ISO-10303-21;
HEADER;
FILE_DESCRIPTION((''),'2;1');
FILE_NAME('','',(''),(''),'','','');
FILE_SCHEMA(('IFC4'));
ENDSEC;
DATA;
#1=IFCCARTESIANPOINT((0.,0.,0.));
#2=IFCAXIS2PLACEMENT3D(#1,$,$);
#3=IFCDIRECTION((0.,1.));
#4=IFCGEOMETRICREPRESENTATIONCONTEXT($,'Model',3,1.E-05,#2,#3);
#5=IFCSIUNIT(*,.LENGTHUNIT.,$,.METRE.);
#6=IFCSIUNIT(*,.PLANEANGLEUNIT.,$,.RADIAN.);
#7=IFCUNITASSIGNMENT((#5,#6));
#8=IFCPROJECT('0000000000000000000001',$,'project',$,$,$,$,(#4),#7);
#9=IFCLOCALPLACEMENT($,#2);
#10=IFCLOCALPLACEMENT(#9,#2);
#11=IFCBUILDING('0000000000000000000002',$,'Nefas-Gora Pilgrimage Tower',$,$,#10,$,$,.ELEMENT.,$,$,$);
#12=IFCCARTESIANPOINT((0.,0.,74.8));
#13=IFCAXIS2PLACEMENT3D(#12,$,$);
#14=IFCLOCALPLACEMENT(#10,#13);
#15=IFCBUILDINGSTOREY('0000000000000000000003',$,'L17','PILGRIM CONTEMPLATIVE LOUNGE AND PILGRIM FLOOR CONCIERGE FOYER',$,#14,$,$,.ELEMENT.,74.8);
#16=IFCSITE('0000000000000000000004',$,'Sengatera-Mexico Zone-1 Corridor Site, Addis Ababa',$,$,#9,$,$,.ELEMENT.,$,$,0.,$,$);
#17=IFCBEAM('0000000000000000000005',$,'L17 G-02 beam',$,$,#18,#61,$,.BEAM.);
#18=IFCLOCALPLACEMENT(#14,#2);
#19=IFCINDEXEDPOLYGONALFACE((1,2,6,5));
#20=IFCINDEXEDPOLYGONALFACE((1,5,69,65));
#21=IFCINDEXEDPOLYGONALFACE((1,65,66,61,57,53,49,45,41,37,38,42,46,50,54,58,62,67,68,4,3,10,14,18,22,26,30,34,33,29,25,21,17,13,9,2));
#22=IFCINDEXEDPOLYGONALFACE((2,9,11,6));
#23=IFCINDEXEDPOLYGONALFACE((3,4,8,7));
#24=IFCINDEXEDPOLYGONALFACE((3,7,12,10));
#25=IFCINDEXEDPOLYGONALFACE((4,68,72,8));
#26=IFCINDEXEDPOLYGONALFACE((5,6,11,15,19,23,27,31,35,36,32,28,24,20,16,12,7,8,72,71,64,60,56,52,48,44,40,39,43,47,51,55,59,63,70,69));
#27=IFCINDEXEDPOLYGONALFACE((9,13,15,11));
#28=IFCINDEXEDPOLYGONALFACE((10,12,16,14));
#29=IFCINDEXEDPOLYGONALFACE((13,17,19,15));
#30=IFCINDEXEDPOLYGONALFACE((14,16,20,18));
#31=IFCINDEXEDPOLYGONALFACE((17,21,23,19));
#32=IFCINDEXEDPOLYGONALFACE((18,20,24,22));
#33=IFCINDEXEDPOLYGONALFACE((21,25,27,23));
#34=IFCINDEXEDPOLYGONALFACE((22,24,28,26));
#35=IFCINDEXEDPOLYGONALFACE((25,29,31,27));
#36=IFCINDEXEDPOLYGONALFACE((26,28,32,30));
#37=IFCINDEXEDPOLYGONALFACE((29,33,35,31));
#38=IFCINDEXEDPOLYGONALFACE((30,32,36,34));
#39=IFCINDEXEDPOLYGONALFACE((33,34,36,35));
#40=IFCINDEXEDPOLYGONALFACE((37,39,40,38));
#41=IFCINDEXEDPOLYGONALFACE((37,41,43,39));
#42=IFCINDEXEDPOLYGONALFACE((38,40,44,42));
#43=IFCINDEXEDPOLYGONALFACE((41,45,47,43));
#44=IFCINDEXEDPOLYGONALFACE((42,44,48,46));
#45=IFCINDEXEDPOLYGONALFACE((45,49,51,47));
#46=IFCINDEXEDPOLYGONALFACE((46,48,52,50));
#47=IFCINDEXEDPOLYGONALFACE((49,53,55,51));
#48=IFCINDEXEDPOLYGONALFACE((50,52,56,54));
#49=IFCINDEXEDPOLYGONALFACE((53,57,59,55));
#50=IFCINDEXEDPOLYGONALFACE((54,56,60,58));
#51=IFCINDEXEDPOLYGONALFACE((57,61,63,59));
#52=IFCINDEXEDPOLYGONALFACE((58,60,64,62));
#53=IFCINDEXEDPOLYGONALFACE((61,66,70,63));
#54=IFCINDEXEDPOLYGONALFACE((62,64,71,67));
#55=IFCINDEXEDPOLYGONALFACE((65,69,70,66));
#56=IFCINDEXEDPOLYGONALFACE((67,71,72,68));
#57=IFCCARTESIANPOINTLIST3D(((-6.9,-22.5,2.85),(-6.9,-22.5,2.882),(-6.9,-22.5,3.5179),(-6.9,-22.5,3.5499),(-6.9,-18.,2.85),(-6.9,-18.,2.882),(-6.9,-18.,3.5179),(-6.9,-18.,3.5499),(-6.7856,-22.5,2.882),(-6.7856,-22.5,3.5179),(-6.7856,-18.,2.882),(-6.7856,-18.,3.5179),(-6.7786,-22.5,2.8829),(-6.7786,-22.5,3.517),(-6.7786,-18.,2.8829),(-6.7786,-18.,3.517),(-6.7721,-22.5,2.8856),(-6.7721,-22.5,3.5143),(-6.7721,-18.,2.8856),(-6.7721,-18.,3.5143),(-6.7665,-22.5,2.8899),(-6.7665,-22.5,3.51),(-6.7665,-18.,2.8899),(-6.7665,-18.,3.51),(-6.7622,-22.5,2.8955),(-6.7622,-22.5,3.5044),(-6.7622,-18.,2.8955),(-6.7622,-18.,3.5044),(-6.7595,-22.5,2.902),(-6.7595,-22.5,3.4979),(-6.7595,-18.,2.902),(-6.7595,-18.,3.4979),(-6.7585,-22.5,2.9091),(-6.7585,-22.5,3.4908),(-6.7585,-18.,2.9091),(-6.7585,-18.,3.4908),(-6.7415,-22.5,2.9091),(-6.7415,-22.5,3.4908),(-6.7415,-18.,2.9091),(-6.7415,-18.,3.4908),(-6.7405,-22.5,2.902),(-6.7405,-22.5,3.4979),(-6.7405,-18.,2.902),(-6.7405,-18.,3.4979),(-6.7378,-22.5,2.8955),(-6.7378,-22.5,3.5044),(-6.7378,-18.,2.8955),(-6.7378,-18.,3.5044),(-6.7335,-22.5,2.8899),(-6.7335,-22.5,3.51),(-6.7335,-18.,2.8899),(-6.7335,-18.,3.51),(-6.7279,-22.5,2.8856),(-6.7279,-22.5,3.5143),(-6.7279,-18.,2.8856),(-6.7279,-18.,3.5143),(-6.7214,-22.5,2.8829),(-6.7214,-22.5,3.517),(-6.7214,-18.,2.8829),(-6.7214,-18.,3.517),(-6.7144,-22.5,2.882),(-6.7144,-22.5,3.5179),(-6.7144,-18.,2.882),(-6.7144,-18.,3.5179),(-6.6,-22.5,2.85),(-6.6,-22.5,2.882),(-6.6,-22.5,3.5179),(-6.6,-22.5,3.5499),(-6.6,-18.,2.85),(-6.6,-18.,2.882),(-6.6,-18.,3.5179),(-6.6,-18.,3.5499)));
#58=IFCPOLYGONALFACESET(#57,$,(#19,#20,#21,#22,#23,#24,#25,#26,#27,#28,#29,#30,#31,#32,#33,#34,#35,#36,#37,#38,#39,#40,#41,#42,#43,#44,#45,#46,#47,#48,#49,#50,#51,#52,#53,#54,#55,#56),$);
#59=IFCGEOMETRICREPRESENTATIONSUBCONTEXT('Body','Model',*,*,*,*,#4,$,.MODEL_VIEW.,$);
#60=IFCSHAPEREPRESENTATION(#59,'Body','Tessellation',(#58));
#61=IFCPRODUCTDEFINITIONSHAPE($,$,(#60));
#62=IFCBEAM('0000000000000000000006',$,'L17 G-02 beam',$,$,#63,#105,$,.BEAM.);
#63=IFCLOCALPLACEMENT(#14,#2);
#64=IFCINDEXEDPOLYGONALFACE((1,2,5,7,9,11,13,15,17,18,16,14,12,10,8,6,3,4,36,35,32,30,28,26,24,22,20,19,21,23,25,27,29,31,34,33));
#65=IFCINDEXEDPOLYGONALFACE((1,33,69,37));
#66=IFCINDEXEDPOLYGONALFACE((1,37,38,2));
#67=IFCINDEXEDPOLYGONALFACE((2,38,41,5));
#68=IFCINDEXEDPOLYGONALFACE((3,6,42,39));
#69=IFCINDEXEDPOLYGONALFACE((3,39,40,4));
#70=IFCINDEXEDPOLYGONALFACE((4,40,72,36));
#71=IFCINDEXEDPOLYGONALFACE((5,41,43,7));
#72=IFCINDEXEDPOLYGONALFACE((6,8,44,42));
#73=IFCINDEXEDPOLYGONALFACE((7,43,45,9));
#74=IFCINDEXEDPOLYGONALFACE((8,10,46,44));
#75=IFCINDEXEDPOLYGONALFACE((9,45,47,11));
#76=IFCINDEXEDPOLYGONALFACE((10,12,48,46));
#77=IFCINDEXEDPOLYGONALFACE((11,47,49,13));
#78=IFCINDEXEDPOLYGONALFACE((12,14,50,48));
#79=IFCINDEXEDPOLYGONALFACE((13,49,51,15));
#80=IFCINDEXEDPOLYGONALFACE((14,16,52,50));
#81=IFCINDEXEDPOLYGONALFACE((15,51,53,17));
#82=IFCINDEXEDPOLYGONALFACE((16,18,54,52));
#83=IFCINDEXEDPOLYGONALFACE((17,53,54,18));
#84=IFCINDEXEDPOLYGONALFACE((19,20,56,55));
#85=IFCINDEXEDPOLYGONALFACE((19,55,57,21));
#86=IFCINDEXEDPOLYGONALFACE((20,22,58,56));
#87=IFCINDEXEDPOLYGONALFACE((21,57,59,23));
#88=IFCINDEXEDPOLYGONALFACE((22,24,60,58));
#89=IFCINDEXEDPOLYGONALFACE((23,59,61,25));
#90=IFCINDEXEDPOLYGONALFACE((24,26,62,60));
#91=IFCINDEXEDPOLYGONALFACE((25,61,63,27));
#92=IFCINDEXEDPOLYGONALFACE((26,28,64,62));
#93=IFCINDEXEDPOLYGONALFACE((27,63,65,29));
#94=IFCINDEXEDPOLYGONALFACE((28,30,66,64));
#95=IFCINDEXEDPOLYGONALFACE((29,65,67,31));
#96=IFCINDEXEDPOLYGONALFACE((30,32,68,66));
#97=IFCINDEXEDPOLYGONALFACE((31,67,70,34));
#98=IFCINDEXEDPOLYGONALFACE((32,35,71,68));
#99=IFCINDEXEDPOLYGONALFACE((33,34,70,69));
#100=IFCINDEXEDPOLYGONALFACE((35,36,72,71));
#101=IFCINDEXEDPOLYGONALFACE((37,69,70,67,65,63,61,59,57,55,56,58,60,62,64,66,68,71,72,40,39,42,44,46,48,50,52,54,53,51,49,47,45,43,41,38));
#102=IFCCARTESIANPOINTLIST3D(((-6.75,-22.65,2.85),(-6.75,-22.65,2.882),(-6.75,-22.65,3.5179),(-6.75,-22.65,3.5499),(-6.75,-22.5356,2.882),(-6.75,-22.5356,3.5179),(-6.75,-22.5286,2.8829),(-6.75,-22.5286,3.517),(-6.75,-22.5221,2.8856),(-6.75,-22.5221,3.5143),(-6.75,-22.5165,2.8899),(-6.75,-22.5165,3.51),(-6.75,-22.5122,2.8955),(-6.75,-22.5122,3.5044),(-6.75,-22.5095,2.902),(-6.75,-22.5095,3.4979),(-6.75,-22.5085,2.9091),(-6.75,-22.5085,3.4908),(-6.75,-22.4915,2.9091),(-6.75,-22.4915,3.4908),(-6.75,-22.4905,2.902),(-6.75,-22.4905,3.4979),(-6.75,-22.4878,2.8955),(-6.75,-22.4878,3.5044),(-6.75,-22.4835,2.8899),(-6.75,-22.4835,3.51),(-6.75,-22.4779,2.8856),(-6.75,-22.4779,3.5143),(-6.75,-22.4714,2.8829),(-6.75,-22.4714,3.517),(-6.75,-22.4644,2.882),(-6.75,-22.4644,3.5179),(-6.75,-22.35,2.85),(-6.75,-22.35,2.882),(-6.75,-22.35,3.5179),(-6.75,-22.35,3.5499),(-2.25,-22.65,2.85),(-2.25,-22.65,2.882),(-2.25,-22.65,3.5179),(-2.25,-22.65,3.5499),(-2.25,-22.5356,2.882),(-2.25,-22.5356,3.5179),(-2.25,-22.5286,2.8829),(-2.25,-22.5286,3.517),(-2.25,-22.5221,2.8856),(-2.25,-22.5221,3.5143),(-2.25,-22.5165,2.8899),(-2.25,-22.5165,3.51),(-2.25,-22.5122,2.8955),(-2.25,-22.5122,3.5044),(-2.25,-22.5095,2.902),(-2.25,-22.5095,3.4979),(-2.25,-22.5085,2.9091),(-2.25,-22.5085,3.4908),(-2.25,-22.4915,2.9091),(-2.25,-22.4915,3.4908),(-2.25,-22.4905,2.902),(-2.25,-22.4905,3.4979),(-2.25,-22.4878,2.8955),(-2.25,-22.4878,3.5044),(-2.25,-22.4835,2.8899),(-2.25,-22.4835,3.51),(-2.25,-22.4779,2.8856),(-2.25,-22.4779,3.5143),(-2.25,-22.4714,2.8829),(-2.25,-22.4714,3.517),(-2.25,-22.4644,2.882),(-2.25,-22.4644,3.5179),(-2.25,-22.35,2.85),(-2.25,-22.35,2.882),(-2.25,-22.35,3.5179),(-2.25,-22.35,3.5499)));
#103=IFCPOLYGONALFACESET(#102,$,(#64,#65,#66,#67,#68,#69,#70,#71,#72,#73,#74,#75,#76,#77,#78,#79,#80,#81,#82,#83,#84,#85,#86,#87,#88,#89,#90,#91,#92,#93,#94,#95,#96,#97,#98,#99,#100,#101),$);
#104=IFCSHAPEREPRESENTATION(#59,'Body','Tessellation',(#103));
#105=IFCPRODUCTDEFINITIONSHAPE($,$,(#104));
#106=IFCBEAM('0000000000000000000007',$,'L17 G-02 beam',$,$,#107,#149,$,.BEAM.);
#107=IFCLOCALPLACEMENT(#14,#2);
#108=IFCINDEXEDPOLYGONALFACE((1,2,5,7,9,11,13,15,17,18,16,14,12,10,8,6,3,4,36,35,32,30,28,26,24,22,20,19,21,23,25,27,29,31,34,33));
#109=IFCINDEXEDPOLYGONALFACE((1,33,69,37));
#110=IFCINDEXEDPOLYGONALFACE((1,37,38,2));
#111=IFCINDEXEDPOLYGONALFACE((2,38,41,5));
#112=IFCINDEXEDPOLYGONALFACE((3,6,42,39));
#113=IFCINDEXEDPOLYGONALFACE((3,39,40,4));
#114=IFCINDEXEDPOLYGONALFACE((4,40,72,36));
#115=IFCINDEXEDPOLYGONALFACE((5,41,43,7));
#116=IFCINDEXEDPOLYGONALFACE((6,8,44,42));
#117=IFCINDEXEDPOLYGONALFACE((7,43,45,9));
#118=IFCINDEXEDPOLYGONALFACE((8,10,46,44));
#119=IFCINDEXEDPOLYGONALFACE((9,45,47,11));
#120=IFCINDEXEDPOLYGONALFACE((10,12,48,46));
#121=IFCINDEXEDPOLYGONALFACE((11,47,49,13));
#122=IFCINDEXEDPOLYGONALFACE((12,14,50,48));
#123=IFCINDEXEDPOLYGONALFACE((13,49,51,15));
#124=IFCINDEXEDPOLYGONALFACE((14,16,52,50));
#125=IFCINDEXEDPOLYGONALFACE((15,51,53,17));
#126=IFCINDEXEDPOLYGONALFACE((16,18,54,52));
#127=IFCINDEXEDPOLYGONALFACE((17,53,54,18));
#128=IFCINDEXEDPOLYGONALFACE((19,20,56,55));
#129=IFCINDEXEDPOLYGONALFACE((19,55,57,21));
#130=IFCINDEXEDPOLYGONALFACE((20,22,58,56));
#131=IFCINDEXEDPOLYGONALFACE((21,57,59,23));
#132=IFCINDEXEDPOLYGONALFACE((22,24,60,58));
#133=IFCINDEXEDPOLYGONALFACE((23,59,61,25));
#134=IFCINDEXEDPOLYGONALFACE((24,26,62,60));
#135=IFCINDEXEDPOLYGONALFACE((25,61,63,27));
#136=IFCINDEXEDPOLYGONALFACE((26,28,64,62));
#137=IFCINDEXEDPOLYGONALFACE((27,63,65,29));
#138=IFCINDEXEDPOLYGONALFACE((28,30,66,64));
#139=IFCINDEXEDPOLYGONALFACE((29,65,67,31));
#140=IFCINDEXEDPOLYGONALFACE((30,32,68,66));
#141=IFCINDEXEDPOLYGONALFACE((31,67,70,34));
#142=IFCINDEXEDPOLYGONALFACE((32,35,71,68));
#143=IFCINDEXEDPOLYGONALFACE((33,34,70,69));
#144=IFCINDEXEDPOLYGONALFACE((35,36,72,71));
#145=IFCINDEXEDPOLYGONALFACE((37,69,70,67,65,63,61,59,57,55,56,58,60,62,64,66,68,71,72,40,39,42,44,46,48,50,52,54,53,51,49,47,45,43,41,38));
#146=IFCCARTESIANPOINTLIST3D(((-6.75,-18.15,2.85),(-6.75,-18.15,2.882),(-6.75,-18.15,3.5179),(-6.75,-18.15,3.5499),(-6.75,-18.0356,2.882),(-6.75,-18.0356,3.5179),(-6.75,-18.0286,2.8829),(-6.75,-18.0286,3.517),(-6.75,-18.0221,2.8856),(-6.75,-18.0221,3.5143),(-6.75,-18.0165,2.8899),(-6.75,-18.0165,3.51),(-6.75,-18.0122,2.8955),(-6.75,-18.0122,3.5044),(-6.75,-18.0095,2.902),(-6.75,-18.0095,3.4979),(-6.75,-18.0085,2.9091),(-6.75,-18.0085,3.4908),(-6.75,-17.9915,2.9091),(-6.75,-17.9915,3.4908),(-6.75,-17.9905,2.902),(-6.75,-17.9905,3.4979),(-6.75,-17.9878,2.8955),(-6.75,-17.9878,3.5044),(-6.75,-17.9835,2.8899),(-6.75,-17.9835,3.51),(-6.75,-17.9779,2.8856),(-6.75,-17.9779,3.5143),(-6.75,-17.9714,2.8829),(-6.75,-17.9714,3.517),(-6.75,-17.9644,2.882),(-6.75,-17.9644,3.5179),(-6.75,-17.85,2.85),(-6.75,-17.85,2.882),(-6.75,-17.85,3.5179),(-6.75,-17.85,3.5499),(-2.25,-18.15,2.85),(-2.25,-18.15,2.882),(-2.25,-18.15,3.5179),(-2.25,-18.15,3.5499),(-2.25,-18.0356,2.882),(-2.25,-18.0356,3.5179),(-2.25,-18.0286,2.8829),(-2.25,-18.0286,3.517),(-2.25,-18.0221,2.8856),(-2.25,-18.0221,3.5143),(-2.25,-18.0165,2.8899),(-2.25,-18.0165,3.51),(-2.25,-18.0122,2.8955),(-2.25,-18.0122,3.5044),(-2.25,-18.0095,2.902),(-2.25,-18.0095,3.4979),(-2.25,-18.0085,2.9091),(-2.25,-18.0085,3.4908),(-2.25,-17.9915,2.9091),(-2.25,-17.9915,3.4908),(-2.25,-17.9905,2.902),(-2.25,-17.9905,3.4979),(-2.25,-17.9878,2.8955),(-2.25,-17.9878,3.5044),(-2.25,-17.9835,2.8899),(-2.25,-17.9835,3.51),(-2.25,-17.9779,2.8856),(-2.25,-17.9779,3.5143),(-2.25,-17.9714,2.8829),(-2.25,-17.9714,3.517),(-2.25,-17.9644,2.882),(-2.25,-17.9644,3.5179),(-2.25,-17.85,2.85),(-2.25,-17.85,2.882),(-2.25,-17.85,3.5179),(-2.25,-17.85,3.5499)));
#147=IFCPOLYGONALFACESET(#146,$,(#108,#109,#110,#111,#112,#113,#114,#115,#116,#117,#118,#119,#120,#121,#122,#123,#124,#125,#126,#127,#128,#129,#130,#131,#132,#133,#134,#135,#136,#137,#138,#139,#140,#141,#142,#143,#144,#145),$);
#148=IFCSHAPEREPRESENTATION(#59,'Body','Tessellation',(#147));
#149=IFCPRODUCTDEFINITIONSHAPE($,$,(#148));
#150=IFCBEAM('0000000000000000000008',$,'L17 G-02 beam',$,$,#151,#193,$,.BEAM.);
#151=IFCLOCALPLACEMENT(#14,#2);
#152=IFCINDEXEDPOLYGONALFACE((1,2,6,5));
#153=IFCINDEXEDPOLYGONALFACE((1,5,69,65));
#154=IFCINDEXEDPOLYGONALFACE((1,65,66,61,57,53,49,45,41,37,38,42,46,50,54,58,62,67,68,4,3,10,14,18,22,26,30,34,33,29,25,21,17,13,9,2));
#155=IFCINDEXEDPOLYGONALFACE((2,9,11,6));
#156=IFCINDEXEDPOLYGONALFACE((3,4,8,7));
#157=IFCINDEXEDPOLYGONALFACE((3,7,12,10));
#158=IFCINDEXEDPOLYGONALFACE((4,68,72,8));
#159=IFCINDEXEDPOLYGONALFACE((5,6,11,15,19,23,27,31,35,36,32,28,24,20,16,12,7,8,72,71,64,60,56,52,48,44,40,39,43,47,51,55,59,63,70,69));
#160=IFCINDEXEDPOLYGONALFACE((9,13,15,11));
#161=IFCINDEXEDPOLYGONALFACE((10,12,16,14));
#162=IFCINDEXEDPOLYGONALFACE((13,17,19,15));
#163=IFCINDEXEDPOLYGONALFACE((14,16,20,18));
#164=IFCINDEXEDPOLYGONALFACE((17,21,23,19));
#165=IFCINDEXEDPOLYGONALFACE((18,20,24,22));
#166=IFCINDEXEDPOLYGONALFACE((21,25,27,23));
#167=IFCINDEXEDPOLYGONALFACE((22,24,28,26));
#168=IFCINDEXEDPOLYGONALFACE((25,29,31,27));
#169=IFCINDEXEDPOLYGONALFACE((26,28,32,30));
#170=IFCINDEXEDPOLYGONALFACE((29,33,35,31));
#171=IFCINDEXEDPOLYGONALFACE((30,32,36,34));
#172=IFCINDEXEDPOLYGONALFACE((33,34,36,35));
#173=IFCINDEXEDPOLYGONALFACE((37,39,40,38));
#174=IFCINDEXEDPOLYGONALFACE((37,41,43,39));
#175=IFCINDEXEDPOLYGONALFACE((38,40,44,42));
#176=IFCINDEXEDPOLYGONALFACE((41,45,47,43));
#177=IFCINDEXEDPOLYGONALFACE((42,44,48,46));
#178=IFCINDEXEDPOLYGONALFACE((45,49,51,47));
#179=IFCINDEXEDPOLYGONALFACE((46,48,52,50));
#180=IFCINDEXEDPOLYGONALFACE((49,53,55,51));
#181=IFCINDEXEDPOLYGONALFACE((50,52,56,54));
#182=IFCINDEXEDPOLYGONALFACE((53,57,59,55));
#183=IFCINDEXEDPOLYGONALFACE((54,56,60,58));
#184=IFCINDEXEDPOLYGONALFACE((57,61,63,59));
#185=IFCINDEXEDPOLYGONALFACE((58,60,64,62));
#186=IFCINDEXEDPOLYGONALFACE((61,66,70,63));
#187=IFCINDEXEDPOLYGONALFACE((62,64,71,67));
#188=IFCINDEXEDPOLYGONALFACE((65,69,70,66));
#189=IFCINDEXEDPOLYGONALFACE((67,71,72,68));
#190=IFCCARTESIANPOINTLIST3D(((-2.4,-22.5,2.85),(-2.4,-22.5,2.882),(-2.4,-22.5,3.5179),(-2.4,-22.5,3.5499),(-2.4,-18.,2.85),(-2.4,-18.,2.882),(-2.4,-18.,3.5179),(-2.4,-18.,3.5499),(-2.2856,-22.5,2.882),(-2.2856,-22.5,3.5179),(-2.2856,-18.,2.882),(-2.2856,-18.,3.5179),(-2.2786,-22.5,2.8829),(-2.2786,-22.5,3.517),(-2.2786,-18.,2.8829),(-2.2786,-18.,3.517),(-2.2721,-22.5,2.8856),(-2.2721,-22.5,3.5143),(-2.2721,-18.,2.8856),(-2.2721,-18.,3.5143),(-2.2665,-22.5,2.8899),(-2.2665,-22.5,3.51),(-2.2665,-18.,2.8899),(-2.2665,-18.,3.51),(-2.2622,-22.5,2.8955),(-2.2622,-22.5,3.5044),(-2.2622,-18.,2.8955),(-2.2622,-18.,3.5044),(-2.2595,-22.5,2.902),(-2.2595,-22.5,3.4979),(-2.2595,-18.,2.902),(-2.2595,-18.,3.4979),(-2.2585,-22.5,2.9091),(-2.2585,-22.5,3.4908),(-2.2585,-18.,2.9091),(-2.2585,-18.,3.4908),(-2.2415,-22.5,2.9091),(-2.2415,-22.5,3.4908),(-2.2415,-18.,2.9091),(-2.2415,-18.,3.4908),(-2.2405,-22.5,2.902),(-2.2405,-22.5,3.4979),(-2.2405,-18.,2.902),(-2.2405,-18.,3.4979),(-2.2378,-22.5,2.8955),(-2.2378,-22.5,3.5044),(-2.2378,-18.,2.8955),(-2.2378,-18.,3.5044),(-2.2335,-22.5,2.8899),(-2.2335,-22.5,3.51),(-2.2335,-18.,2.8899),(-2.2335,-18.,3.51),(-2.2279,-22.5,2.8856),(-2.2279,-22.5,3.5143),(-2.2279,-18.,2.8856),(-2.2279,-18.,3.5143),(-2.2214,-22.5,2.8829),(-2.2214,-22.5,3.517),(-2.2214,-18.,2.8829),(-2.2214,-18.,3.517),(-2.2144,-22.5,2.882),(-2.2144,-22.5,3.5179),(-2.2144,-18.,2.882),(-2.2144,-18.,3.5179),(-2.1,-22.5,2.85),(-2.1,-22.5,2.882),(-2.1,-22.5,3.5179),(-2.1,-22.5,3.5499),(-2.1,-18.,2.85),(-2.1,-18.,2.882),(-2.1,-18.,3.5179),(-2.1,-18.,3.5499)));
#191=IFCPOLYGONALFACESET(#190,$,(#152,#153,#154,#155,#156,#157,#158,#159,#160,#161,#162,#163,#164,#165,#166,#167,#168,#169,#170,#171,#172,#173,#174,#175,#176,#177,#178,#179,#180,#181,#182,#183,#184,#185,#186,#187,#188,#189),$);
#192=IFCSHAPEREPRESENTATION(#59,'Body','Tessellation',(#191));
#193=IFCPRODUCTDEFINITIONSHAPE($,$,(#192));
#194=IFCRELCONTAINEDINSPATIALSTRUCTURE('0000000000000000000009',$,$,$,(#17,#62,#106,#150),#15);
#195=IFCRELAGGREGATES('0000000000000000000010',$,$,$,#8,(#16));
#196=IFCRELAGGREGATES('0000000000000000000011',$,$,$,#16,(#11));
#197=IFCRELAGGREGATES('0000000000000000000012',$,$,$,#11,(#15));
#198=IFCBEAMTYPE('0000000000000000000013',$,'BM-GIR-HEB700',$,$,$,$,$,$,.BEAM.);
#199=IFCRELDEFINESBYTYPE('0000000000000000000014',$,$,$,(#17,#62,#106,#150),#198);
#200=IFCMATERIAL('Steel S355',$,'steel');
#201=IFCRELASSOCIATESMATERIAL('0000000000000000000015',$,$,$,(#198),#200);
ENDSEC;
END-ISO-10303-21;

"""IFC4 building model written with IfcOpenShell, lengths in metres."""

from ifc_helpers import new_model, si_unit, direction, frame, origin, origin_2d, place, context, subcontext, project, spatial, i_section, extrude, source, transform, mapped, material, material_profile, profile_set, type_object, element, save


model = new_model("IFC4")

# Units and contexts
model_context = context("Model", 3, precision=1e-05, world=origin(), true_north=direction((0.0, 1.0)))
body_context = subcontext(model_context, "Body", "Model", "MODEL_VIEW")
ifc_project = project(units=[si_unit("LENGTHUNIT", "METRE"), si_unit("PLANEANGLEUNIT", "RADIAN")], contexts=[model_context])

# Site, building, storey
site_placement = place(None, origin())
site = spatial("IfcSite", under=ifc_project, at=site_placement, Name="Sengatera-Mexico Zone-1 Corridor Site, Addis Ababa", CompositionType="ELEMENT", RefElevation=0.0)
building_placement = place(site_placement, origin())
building = spatial("IfcBuilding", under=site, at=building_placement, Name="Nefas-Gora Pilgrimage Tower", CompositionType="ELEMENT")
storey_placement = place(building_placement, frame((0.0, 0.0, 74.8)))
storey = spatial("IfcBuildingStorey", under=building, at=storey_placement, Name="L17", Description="PILGRIM CONTEMPLATIVE LOUNGE AND PILGRIM FLOOR CONCIERGE FOYER", CompositionType="ELEMENT", Elevation=74.8)

# Beams
ifc_material_1 = material(Name="Steel S355", Category="steel")
ifc_material_profile_1 = material_profile(ifc_material_1, i_section(OverallWidth=0.3, OverallDepth=0.7, WebThickness=0.0171, FlangeThickness=0.032, FilletRadius=0.0271, at=origin_2d()), Name="HEB 700")
ifc_profile_set_1 = profile_set([ifc_material_profile_1], Name="Steel S355")
beam_type = type_object("IfcBeamType", Name="BM-GIR-HEB700", PredefinedType="BEAM", material=ifc_profile_set_1)
shared_shape_1 = source(origin(), body_context, "Body", "SweptSolid", [
    extrude(i_section(OverallWidth=0.3, OverallDepth=0.7, WebThickness=0.0171, FlangeThickness=0.032, FilletRadius=0.0271, at=origin_2d()), origin(), (0.0, 0.0, 1.0), 4.5),
])
for number, where, z_axis, x_axis, name in (
    (1, (-6.75, -22.5, 3.2), (0.0, 1.0, 0.0), (-1.0, 0.0, 0.0), "L17 G-02 beam"),
    (2, (-6.75, -22.5, 3.2), (1.0, 0.0, 0.0), (0.0, 1.0, 0.0), "L17 G-02 beam"),
    (3, (-6.75, -18.0, 3.2), (1.0, 0.0, 0.0), (0.0, 1.0, 0.0), "L17 G-02 beam"),
    (4, (-2.25, -22.5, 3.2), (0.0, 1.0, 0.0), (-1.0, 0.0, 0.0), "L17 G-02 beam"),
):
    element("IfcBeam", number, at=place(storey_placement, frame(where, z_axis=z_axis, x_axis=x_axis)), inside=storey, type_object=beam_type, Name=name, PredefinedType="BEAM", context=body_context, shape_type="MappedRepresentation", body=[
        mapped(shared_shape_1, transform((0.0, 0.0, 0.0), x_axis=(1.0, 0.0, 0.0), y_axis=(0.0, 1.0, 0.0), z_axis=(0.0, 0.0, 1.0), scale=1.0)),
    ])

save(model, "model.ifc")
